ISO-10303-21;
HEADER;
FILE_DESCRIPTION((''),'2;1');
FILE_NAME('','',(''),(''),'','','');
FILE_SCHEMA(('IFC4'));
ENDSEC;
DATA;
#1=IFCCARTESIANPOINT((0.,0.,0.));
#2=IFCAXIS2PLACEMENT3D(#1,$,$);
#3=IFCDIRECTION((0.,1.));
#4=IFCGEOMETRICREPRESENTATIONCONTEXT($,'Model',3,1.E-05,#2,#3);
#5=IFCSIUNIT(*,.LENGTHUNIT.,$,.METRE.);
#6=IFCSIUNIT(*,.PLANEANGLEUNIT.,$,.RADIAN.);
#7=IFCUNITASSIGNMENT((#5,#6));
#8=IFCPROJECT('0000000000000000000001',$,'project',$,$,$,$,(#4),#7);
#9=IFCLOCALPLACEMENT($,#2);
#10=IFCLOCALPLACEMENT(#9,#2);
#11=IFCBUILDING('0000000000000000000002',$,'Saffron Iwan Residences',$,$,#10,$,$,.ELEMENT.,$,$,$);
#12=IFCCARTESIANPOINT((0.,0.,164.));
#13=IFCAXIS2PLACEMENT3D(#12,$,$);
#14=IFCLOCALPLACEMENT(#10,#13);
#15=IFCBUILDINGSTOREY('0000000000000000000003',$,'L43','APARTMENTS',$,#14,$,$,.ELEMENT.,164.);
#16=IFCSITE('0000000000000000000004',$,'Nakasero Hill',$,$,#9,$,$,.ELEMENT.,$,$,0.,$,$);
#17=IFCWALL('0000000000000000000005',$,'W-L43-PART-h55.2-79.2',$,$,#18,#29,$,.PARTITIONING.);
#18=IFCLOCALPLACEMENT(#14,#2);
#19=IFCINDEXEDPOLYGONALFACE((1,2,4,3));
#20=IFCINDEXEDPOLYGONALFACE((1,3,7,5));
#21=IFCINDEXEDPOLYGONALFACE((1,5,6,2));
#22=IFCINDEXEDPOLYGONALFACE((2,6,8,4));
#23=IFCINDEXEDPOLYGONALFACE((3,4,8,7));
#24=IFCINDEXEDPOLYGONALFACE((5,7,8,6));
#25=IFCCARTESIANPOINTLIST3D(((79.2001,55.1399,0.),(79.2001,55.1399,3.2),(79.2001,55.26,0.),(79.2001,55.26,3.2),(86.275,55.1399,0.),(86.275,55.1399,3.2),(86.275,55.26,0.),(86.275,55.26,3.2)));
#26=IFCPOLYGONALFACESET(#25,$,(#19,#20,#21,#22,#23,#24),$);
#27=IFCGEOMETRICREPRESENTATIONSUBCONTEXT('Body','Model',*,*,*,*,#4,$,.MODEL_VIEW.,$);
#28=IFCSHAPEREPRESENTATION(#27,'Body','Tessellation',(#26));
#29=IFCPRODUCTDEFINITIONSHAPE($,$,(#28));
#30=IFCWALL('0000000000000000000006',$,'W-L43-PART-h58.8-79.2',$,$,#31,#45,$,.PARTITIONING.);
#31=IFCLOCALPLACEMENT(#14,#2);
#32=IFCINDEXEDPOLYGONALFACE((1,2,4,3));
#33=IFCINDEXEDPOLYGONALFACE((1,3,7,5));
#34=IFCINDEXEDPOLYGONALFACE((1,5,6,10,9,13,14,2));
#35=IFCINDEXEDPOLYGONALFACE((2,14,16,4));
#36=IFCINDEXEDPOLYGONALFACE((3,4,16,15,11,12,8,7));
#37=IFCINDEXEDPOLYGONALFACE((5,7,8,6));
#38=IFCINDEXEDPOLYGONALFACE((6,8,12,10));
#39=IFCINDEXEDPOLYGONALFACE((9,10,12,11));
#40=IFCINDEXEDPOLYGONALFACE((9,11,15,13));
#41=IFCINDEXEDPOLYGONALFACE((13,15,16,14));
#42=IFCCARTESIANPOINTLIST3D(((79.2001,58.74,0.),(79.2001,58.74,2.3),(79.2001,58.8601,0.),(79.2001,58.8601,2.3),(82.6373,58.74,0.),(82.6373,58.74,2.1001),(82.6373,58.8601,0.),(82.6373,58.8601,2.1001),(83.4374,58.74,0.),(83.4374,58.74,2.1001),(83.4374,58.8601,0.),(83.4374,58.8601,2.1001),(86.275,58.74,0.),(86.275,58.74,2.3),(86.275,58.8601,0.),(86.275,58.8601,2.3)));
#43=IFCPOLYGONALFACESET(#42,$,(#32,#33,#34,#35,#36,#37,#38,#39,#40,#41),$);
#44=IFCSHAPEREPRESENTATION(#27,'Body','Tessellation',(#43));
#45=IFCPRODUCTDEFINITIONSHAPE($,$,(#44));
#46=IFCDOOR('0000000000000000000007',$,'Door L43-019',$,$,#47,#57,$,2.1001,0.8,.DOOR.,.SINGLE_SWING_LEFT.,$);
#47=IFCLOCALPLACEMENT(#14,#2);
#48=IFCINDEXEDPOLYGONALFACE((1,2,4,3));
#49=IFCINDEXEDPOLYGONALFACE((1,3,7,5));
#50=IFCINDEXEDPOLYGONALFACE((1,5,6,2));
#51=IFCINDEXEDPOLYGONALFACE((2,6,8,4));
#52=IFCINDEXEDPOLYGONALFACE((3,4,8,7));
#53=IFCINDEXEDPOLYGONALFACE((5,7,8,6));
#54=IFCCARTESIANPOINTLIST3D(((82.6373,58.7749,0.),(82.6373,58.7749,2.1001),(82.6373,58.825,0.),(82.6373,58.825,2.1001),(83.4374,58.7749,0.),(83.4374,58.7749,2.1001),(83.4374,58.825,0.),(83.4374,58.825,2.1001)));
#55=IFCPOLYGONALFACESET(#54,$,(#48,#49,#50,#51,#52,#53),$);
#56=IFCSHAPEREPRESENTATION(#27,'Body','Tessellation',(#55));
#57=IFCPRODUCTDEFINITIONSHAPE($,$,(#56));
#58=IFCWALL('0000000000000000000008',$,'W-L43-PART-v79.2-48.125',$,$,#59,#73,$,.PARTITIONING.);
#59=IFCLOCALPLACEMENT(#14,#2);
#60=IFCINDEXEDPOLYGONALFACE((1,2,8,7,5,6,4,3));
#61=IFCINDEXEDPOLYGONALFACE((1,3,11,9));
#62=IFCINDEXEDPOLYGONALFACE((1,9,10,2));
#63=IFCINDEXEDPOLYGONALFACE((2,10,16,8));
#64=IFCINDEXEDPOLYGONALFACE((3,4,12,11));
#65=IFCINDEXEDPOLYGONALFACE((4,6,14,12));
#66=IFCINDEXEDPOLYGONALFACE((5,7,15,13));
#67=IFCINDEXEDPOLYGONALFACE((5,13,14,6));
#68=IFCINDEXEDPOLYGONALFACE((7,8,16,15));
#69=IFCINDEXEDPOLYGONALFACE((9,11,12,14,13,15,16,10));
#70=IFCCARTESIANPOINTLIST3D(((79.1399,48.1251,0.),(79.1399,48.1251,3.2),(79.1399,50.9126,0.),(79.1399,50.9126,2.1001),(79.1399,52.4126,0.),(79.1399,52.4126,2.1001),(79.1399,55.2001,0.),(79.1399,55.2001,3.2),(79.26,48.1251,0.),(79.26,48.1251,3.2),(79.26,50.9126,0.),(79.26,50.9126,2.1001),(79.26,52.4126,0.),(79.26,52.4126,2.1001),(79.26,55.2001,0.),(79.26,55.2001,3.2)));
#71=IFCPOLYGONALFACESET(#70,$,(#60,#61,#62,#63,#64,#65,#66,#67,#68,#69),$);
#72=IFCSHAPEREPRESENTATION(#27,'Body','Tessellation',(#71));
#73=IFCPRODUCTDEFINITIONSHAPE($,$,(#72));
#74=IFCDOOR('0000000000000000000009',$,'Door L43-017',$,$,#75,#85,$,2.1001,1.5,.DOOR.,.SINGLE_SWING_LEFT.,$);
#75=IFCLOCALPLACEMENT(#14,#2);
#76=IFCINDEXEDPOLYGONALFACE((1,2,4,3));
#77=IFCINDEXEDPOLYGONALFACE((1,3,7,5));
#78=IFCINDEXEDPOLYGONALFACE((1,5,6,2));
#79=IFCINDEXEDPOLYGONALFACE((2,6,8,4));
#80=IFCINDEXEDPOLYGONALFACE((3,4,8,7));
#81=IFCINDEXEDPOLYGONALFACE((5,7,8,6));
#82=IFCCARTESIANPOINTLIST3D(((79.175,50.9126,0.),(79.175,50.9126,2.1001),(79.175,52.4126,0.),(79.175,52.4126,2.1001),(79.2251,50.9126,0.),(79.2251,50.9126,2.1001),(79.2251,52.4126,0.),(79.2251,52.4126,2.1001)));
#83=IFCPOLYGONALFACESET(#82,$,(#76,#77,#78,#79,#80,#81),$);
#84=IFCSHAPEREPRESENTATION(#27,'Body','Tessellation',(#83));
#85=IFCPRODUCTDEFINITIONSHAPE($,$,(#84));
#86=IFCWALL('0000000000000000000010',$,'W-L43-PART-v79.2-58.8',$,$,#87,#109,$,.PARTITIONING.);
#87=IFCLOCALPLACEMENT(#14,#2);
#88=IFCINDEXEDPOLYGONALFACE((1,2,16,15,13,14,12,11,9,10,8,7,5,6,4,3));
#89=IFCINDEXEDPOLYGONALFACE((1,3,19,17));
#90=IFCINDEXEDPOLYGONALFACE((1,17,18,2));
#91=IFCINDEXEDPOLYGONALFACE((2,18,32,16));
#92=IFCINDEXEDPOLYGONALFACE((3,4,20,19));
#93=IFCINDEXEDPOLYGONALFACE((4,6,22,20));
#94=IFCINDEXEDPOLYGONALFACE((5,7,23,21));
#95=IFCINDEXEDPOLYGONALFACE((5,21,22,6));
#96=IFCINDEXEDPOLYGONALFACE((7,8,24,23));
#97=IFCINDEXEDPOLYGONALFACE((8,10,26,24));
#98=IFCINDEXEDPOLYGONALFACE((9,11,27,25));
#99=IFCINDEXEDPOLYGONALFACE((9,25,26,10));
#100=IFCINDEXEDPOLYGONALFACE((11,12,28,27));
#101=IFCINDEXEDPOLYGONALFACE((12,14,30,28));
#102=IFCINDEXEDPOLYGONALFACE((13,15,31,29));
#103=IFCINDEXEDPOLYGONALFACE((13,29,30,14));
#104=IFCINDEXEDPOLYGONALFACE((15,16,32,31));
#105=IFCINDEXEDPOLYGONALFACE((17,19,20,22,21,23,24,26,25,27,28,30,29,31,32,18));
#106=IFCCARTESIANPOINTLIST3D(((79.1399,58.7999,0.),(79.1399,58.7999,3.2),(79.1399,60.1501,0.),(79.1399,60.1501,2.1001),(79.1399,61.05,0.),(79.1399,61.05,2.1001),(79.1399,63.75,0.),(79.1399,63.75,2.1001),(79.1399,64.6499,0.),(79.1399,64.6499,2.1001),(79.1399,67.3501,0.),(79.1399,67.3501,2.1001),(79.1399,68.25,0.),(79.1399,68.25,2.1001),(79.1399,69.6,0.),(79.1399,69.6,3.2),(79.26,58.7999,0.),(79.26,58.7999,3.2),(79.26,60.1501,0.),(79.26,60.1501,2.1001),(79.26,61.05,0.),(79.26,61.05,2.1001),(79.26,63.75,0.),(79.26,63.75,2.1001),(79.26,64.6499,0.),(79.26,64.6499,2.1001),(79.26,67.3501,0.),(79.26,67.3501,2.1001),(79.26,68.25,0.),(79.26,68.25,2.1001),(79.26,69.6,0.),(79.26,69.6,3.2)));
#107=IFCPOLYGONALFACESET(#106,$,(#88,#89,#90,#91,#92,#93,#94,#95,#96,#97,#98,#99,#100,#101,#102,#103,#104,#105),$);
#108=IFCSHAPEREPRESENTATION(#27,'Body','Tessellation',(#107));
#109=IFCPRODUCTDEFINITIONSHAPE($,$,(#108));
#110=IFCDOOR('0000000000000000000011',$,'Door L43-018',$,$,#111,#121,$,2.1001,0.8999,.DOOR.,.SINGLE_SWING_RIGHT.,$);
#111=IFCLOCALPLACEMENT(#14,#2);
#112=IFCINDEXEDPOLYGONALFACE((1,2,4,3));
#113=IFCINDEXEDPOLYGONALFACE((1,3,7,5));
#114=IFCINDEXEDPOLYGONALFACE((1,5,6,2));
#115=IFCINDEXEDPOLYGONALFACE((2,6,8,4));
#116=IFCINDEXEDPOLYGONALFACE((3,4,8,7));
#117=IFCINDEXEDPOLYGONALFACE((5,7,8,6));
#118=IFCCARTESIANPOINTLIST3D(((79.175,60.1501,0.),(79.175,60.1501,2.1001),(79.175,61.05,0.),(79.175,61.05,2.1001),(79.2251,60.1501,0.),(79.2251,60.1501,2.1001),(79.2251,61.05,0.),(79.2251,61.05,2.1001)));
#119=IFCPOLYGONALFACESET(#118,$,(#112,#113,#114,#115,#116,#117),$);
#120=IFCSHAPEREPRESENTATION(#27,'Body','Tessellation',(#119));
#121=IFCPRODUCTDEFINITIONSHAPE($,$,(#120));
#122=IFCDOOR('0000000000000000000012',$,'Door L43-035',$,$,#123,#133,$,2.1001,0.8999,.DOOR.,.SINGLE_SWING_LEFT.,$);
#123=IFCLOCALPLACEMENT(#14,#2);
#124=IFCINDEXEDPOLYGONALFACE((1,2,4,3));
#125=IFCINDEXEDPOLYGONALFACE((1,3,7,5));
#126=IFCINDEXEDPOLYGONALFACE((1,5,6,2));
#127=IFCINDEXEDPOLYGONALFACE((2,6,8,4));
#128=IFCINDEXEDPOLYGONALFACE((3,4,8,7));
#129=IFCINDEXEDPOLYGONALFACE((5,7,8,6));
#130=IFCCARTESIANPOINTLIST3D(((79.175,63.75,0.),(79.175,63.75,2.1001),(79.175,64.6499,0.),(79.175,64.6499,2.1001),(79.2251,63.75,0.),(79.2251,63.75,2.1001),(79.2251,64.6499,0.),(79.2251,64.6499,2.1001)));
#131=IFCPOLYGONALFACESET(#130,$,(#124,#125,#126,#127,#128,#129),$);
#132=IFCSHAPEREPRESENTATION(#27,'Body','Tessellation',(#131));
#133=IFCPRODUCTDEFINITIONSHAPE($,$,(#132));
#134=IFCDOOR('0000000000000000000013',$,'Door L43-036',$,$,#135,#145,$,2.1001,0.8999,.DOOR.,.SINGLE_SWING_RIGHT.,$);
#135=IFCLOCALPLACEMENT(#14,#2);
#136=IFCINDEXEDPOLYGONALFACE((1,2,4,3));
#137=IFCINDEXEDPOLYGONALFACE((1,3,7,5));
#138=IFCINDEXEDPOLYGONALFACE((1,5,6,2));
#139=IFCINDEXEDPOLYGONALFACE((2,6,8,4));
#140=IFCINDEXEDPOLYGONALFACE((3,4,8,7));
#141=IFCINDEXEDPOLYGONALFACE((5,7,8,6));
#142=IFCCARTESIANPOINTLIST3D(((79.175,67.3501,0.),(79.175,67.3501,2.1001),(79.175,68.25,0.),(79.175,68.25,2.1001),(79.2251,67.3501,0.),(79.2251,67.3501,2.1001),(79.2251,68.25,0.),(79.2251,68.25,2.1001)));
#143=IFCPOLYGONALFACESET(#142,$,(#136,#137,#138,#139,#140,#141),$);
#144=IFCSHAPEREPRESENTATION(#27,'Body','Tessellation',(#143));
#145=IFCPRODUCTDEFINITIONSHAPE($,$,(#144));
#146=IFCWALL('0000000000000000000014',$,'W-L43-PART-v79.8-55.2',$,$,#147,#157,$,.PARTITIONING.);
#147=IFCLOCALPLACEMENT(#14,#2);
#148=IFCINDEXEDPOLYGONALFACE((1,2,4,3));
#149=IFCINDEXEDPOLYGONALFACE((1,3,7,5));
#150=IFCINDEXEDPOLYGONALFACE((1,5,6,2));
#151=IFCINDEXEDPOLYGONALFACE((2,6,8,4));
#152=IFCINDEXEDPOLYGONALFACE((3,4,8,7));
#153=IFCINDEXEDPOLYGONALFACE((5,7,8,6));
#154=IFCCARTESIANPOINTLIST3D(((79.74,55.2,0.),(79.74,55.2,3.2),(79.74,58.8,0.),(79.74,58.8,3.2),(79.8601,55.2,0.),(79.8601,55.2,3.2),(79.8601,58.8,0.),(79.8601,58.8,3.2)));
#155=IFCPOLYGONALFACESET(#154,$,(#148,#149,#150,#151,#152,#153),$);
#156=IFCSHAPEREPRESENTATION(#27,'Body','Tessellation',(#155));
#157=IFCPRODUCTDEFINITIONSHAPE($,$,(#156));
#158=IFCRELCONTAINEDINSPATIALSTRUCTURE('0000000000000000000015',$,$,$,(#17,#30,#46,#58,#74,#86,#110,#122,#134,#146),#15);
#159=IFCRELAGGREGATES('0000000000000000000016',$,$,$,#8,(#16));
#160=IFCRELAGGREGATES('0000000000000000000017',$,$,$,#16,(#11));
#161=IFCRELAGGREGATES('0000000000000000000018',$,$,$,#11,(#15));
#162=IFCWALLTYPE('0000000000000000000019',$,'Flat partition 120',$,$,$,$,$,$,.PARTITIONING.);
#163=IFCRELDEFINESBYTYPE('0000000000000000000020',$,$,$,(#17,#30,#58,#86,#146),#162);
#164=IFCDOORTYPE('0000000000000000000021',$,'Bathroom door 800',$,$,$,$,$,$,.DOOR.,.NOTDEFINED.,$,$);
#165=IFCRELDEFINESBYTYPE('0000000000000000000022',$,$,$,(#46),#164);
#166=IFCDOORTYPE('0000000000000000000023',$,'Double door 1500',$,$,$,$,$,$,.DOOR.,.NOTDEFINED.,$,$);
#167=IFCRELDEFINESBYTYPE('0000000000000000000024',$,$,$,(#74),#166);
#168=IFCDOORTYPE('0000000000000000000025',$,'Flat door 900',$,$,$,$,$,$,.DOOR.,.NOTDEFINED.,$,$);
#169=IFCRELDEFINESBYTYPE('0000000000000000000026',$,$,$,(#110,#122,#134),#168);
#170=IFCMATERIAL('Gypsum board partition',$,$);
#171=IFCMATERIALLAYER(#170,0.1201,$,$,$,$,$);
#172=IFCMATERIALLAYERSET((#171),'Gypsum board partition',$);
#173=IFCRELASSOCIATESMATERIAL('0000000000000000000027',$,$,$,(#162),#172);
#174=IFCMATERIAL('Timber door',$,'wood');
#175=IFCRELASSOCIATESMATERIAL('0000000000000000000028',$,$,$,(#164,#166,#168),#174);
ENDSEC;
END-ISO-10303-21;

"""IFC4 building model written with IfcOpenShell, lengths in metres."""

from ifc_helpers import new_model, si_unit, direction, frame, frame_2d, origin, place, context, subcontext, project, spatial, rectangle, extrude, material, layer, layer_set, type_object, element, fill, save


model = new_model("IFC4")

# Units and contexts
model_context = context("Model", 3, precision=1e-05, world=origin(), true_north=direction((0.0, 1.0)))
body_context = subcontext(model_context, "Body", "Model", "MODEL_VIEW")
ifc_project = project(units=[si_unit("LENGTHUNIT", "METRE"), si_unit("PLANEANGLEUNIT", "RADIAN")], contexts=[model_context])

# Site, building, storey
site_placement = place(None, origin())
site = spatial("IfcSite", under=ifc_project, at=site_placement, Name="Nakasero Hill", CompositionType="ELEMENT", RefElevation=0.0)
building_placement = place(site_placement, origin())
building = spatial("IfcBuilding", under=site, at=building_placement, Name="Saffron Iwan Residences", CompositionType="ELEMENT")
storey_placement = place(building_placement, frame((0.0, 0.0, 164.0)))
storey = spatial("IfcBuildingStorey", under=building, at=storey_placement, Name="L43", Description="APARTMENTS", CompositionType="ELEMENT", Elevation=164.0)

# Wall
ifc_material_1 = material(Name="Gypsum board partition")
ifc_layer_1 = layer(ifc_material_1, 0.1201)
ifc_layer_set_1 = layer_set([ifc_layer_1], Name="Gypsum board partition")
wall_type_1 = type_object("IfcWallType", Name="Flat partition 120", PredefinedType="PARTITIONING", material=ifc_layer_set_1)
wall_1_placement = place(storey_placement, frame((79.2, 55.2, 0.0), z_axis=(0.0, 0.0, 1.0), x_axis=(1.0, 0.0, 0.0)))
element("IfcWall", 1, at=wall_1_placement, inside=storey, type_object=wall_type_1, Name="W-L43-PART-h55.2-79.2", PredefinedType="PARTITIONING", context=body_context, shape_type="SweptSolid", body=[
    extrude(rectangle(XDim=7.075, YDim=0.1201, at=frame_2d((3.5376, 0.0))), origin(), (0.0, 0.0, 1.0), 3.2),
])

# Walls, openings, doors
wall_2_placement = place(storey_placement, frame((79.2, 58.8, 0.0), z_axis=(0.0, 0.0, 1.0), x_axis=(1.0, 0.0, 0.0)))
wall_2 = element("IfcWall", 2, at=wall_2_placement, inside=storey, type_object=wall_type_1, Name="W-L43-PART-h58.8-79.2", PredefinedType="PARTITIONING", context=body_context, shape_type="SweptSolid", body=[
    extrude(rectangle(XDim=7.075, YDim=0.1201, at=frame_2d((3.5376, 0.0))), origin(), (0.0, 0.0, 1.0), 2.3),
])
opening_1_placement = place(wall_2_placement, frame((3.4375, 0.0, 0.0)))
opening_1 = element("IfcOpeningElement", 3, at=opening_1_placement, cuts=wall_2, PredefinedType="OPENING", context=body_context, shape_type="SweptSolid", body=[
    extrude(rectangle(XDim=0.8, YDim=2.1001, at=frame_2d((0.3999, 1.05))), frame((0.0, 0.0701, 0.0), z_axis=(0.0, -1.0, 0.0), x_axis=(1.0, 0.0, 0.0)), (0.0, 0.0, 1.0), 0.1401),
])
ifc_material_2 = material(Name="Timber door", Category="wood")
door_type_1 = type_object("IfcDoorType", Name="Bathroom door 800", OperationType="NOTDEFINED", PredefinedType="DOOR", material=ifc_material_2)
door_1_placement = place(opening_1_placement, origin())
door_1 = element("IfcDoor", 4, at=door_1_placement, inside=storey, type_object=door_type_1, Name="Door L43-019", OperationType="SINGLE_SWING_LEFT", OverallHeight=2.1001, OverallWidth=0.8, PredefinedType="DOOR", context=body_context, shape_type="SweptSolid", body=[
    extrude(rectangle(XDim=0.8, YDim=2.1001, at=frame_2d((0.3999, 1.05))), frame((0.0, 0.0249, 0.0), z_axis=(0.0, -1.0, 0.0), x_axis=(1.0, 0.0, 0.0)), (0.0, 0.0, 1.0), 0.05),
])
fill(opening_1, door_1)
wall_3_placement = place(storey_placement, frame((79.2, 48.125, 0.0), z_axis=(0.0, 0.0, 1.0), x_axis=(0.0, 1.0, 0.0)))
wall_3 = element("IfcWall", 5, at=wall_3_placement, inside=storey, type_object=wall_type_1, Name="W-L43-PART-v79.2-48.125", PredefinedType="PARTITIONING", context=body_context, shape_type="SweptSolid", body=[
    extrude(rectangle(XDim=7.075, YDim=0.1201, at=frame_2d((3.5376, 0.0))), origin(), (0.0, 0.0, 1.0), 3.2),
])
opening_2_placement = place(wall_3_placement, frame((2.7876, 0.0, 0.0)))
opening_2 = element("IfcOpeningElement", 6, at=opening_2_placement, cuts=wall_3, PredefinedType="OPENING", context=body_context, shape_type="SweptSolid", body=[
    extrude(rectangle(XDim=1.5, YDim=2.1001, at=frame_2d((0.75, 1.05))), frame((0.0, 0.0701, 0.0), z_axis=(0.0, -1.0, 0.0), x_axis=(1.0, 0.0, 0.0)), (0.0, 0.0, 1.0), 0.1401),
])
door_type_2 = type_object("IfcDoorType", Name="Double door 1500", OperationType="NOTDEFINED", PredefinedType="DOOR", material=ifc_material_2)
door_2_placement = place(opening_2_placement, origin())
door_2 = element("IfcDoor", 7, at=door_2_placement, inside=storey, type_object=door_type_2, Name="Door L43-017", OperationType="SINGLE_SWING_LEFT", OverallHeight=2.1001, OverallWidth=1.5, PredefinedType="DOOR", context=body_context, shape_type="SweptSolid", body=[
    extrude(rectangle(XDim=1.5, YDim=2.1001, at=frame_2d((0.75, 1.05))), frame((0.0, 0.0249, 0.0), z_axis=(0.0, -1.0, 0.0), x_axis=(1.0, 0.0, 0.0)), (0.0, 0.0, 1.0), 0.05),
])
fill(opening_2, door_2)

# Wall, openings, doors
wall_4_placement = place(storey_placement, frame((79.2, 58.8, 0.0), z_axis=(0.0, 0.0, 1.0), x_axis=(0.0, 1.0, 0.0)))
wall_4 = element("IfcWall", 8, at=wall_4_placement, inside=storey, type_object=wall_type_1, Name="W-L43-PART-v79.2-58.8", PredefinedType="PARTITIONING", context=body_context, shape_type="SweptSolid", body=[
    extrude(rectangle(XDim=10.8, YDim=0.1201, at=frame_2d((5.3999, 0.0))), origin(), (0.0, 0.0, 1.0), 3.2),
])
opening_3_placement = place(wall_4_placement, frame((1.3501, 0.0, 0.0)))
opening_3 = element("IfcOpeningElement", 9, at=opening_3_placement, cuts=wall_4, PredefinedType="OPENING", context=body_context, shape_type="SweptSolid", body=[
    extrude(rectangle(XDim=0.8999, YDim=2.1001, at=frame_2d((0.45, 1.05))), frame((0.0, 0.0701, 0.0), z_axis=(0.0, -1.0, 0.0), x_axis=(1.0, 0.0, 0.0)), (0.0, 0.0, 1.0), 0.1401),
])
opening_4_placement = place(wall_4_placement, frame((4.95, 0.0, 0.0)))
opening_4 = element("IfcOpeningElement", 10, at=opening_4_placement, cuts=wall_4, PredefinedType="OPENING", context=body_context, shape_type="SweptSolid", body=[
    extrude(rectangle(XDim=0.8999, YDim=2.1001, at=frame_2d((0.45, 1.05))), frame((0.0, 0.0701, 0.0), z_axis=(0.0, -1.0, 0.0), x_axis=(1.0, 0.0, 0.0)), (0.0, 0.0, 1.0), 0.1401),
])
opening_5_placement = place(wall_4_placement, frame((8.55, 0.0, 0.0)))
opening_5 = element("IfcOpeningElement", 11, at=opening_5_placement, cuts=wall_4, PredefinedType="OPENING", context=body_context, shape_type="SweptSolid", body=[
    extrude(rectangle(XDim=0.8999, YDim=2.1001, at=frame_2d((0.45, 1.05))), frame((0.0, 0.0701, 0.0), z_axis=(0.0, -1.0, 0.0), x_axis=(1.0, 0.0, 0.0)), (0.0, 0.0, 1.0), 0.1401),
])
door_type_3 = type_object("IfcDoorType", Name="Flat door 900", OperationType="NOTDEFINED", PredefinedType="DOOR", material=ifc_material_2)
door_3_placement = place(opening_3_placement, origin())
door_3 = element("IfcDoor", 12, at=door_3_placement, inside=storey, type_object=door_type_3, Name="Door L43-018", OperationType="SINGLE_SWING_RIGHT", OverallHeight=2.1001, OverallWidth=0.8999, PredefinedType="DOOR", context=body_context, shape_type="SweptSolid", body=[
    extrude(rectangle(XDim=0.8999, YDim=2.1001, at=frame_2d((0.45, 1.05))), frame((0.0, 0.0249, 0.0), z_axis=(0.0, -1.0, 0.0), x_axis=(1.0, 0.0, 0.0)), (0.0, 0.0, 1.0), 0.05),
])
fill(opening_3, door_3)
door_4_placement = place(opening_4_placement, origin())
door_4 = element("IfcDoor", 13, at=door_4_placement, inside=storey, type_object=door_type_3, Name="Door L43-035", OperationType="SINGLE_SWING_LEFT", OverallHeight=2.1001, OverallWidth=0.8999, PredefinedType="DOOR", context=body_context, shape_type="SweptSolid", body=[
    extrude(rectangle(XDim=0.8999, YDim=2.1001, at=frame_2d((0.45, 1.05))), frame((0.0, 0.0249, 0.0), z_axis=(0.0, -1.0, 0.0), x_axis=(1.0, 0.0, 0.0)), (0.0, 0.0, 1.0), 0.05),
])
fill(opening_4, door_4)
door_5_placement = place(opening_5_placement, origin())
door_5 = element("IfcDoor", 14, at=door_5_placement, inside=storey, type_object=door_type_3, Name="Door L43-036", OperationType="SINGLE_SWING_RIGHT", OverallHeight=2.1001, OverallWidth=0.8999, PredefinedType="DOOR", context=body_context, shape_type="SweptSolid", body=[
    extrude(rectangle(XDim=0.8999, YDim=2.1001, at=frame_2d((0.45, 1.05))), frame((0.0, 0.0249, 0.0), z_axis=(0.0, -1.0, 0.0), x_axis=(1.0, 0.0, 0.0)), (0.0, 0.0, 1.0), 0.05),
])
fill(opening_5, door_5)

# Wall
wall_5_placement = place(storey_placement, frame((79.8, 55.2, 0.0), z_axis=(0.0, 0.0, 1.0), x_axis=(0.0, 1.0, 0.0)))
element("IfcWall", 15, at=wall_5_placement, inside=storey, type_object=wall_type_1, Name="W-L43-PART-v79.8-55.2", PredefinedType="PARTITIONING", context=body_context, shape_type="SweptSolid", body=[
    extrude(rectangle(XDim=3.6001, YDim=0.1201, at=frame_2d((1.8, 0.0))), origin(), (0.0, 0.0, 1.0), 3.2),
])

save(model, "model.ifc")
